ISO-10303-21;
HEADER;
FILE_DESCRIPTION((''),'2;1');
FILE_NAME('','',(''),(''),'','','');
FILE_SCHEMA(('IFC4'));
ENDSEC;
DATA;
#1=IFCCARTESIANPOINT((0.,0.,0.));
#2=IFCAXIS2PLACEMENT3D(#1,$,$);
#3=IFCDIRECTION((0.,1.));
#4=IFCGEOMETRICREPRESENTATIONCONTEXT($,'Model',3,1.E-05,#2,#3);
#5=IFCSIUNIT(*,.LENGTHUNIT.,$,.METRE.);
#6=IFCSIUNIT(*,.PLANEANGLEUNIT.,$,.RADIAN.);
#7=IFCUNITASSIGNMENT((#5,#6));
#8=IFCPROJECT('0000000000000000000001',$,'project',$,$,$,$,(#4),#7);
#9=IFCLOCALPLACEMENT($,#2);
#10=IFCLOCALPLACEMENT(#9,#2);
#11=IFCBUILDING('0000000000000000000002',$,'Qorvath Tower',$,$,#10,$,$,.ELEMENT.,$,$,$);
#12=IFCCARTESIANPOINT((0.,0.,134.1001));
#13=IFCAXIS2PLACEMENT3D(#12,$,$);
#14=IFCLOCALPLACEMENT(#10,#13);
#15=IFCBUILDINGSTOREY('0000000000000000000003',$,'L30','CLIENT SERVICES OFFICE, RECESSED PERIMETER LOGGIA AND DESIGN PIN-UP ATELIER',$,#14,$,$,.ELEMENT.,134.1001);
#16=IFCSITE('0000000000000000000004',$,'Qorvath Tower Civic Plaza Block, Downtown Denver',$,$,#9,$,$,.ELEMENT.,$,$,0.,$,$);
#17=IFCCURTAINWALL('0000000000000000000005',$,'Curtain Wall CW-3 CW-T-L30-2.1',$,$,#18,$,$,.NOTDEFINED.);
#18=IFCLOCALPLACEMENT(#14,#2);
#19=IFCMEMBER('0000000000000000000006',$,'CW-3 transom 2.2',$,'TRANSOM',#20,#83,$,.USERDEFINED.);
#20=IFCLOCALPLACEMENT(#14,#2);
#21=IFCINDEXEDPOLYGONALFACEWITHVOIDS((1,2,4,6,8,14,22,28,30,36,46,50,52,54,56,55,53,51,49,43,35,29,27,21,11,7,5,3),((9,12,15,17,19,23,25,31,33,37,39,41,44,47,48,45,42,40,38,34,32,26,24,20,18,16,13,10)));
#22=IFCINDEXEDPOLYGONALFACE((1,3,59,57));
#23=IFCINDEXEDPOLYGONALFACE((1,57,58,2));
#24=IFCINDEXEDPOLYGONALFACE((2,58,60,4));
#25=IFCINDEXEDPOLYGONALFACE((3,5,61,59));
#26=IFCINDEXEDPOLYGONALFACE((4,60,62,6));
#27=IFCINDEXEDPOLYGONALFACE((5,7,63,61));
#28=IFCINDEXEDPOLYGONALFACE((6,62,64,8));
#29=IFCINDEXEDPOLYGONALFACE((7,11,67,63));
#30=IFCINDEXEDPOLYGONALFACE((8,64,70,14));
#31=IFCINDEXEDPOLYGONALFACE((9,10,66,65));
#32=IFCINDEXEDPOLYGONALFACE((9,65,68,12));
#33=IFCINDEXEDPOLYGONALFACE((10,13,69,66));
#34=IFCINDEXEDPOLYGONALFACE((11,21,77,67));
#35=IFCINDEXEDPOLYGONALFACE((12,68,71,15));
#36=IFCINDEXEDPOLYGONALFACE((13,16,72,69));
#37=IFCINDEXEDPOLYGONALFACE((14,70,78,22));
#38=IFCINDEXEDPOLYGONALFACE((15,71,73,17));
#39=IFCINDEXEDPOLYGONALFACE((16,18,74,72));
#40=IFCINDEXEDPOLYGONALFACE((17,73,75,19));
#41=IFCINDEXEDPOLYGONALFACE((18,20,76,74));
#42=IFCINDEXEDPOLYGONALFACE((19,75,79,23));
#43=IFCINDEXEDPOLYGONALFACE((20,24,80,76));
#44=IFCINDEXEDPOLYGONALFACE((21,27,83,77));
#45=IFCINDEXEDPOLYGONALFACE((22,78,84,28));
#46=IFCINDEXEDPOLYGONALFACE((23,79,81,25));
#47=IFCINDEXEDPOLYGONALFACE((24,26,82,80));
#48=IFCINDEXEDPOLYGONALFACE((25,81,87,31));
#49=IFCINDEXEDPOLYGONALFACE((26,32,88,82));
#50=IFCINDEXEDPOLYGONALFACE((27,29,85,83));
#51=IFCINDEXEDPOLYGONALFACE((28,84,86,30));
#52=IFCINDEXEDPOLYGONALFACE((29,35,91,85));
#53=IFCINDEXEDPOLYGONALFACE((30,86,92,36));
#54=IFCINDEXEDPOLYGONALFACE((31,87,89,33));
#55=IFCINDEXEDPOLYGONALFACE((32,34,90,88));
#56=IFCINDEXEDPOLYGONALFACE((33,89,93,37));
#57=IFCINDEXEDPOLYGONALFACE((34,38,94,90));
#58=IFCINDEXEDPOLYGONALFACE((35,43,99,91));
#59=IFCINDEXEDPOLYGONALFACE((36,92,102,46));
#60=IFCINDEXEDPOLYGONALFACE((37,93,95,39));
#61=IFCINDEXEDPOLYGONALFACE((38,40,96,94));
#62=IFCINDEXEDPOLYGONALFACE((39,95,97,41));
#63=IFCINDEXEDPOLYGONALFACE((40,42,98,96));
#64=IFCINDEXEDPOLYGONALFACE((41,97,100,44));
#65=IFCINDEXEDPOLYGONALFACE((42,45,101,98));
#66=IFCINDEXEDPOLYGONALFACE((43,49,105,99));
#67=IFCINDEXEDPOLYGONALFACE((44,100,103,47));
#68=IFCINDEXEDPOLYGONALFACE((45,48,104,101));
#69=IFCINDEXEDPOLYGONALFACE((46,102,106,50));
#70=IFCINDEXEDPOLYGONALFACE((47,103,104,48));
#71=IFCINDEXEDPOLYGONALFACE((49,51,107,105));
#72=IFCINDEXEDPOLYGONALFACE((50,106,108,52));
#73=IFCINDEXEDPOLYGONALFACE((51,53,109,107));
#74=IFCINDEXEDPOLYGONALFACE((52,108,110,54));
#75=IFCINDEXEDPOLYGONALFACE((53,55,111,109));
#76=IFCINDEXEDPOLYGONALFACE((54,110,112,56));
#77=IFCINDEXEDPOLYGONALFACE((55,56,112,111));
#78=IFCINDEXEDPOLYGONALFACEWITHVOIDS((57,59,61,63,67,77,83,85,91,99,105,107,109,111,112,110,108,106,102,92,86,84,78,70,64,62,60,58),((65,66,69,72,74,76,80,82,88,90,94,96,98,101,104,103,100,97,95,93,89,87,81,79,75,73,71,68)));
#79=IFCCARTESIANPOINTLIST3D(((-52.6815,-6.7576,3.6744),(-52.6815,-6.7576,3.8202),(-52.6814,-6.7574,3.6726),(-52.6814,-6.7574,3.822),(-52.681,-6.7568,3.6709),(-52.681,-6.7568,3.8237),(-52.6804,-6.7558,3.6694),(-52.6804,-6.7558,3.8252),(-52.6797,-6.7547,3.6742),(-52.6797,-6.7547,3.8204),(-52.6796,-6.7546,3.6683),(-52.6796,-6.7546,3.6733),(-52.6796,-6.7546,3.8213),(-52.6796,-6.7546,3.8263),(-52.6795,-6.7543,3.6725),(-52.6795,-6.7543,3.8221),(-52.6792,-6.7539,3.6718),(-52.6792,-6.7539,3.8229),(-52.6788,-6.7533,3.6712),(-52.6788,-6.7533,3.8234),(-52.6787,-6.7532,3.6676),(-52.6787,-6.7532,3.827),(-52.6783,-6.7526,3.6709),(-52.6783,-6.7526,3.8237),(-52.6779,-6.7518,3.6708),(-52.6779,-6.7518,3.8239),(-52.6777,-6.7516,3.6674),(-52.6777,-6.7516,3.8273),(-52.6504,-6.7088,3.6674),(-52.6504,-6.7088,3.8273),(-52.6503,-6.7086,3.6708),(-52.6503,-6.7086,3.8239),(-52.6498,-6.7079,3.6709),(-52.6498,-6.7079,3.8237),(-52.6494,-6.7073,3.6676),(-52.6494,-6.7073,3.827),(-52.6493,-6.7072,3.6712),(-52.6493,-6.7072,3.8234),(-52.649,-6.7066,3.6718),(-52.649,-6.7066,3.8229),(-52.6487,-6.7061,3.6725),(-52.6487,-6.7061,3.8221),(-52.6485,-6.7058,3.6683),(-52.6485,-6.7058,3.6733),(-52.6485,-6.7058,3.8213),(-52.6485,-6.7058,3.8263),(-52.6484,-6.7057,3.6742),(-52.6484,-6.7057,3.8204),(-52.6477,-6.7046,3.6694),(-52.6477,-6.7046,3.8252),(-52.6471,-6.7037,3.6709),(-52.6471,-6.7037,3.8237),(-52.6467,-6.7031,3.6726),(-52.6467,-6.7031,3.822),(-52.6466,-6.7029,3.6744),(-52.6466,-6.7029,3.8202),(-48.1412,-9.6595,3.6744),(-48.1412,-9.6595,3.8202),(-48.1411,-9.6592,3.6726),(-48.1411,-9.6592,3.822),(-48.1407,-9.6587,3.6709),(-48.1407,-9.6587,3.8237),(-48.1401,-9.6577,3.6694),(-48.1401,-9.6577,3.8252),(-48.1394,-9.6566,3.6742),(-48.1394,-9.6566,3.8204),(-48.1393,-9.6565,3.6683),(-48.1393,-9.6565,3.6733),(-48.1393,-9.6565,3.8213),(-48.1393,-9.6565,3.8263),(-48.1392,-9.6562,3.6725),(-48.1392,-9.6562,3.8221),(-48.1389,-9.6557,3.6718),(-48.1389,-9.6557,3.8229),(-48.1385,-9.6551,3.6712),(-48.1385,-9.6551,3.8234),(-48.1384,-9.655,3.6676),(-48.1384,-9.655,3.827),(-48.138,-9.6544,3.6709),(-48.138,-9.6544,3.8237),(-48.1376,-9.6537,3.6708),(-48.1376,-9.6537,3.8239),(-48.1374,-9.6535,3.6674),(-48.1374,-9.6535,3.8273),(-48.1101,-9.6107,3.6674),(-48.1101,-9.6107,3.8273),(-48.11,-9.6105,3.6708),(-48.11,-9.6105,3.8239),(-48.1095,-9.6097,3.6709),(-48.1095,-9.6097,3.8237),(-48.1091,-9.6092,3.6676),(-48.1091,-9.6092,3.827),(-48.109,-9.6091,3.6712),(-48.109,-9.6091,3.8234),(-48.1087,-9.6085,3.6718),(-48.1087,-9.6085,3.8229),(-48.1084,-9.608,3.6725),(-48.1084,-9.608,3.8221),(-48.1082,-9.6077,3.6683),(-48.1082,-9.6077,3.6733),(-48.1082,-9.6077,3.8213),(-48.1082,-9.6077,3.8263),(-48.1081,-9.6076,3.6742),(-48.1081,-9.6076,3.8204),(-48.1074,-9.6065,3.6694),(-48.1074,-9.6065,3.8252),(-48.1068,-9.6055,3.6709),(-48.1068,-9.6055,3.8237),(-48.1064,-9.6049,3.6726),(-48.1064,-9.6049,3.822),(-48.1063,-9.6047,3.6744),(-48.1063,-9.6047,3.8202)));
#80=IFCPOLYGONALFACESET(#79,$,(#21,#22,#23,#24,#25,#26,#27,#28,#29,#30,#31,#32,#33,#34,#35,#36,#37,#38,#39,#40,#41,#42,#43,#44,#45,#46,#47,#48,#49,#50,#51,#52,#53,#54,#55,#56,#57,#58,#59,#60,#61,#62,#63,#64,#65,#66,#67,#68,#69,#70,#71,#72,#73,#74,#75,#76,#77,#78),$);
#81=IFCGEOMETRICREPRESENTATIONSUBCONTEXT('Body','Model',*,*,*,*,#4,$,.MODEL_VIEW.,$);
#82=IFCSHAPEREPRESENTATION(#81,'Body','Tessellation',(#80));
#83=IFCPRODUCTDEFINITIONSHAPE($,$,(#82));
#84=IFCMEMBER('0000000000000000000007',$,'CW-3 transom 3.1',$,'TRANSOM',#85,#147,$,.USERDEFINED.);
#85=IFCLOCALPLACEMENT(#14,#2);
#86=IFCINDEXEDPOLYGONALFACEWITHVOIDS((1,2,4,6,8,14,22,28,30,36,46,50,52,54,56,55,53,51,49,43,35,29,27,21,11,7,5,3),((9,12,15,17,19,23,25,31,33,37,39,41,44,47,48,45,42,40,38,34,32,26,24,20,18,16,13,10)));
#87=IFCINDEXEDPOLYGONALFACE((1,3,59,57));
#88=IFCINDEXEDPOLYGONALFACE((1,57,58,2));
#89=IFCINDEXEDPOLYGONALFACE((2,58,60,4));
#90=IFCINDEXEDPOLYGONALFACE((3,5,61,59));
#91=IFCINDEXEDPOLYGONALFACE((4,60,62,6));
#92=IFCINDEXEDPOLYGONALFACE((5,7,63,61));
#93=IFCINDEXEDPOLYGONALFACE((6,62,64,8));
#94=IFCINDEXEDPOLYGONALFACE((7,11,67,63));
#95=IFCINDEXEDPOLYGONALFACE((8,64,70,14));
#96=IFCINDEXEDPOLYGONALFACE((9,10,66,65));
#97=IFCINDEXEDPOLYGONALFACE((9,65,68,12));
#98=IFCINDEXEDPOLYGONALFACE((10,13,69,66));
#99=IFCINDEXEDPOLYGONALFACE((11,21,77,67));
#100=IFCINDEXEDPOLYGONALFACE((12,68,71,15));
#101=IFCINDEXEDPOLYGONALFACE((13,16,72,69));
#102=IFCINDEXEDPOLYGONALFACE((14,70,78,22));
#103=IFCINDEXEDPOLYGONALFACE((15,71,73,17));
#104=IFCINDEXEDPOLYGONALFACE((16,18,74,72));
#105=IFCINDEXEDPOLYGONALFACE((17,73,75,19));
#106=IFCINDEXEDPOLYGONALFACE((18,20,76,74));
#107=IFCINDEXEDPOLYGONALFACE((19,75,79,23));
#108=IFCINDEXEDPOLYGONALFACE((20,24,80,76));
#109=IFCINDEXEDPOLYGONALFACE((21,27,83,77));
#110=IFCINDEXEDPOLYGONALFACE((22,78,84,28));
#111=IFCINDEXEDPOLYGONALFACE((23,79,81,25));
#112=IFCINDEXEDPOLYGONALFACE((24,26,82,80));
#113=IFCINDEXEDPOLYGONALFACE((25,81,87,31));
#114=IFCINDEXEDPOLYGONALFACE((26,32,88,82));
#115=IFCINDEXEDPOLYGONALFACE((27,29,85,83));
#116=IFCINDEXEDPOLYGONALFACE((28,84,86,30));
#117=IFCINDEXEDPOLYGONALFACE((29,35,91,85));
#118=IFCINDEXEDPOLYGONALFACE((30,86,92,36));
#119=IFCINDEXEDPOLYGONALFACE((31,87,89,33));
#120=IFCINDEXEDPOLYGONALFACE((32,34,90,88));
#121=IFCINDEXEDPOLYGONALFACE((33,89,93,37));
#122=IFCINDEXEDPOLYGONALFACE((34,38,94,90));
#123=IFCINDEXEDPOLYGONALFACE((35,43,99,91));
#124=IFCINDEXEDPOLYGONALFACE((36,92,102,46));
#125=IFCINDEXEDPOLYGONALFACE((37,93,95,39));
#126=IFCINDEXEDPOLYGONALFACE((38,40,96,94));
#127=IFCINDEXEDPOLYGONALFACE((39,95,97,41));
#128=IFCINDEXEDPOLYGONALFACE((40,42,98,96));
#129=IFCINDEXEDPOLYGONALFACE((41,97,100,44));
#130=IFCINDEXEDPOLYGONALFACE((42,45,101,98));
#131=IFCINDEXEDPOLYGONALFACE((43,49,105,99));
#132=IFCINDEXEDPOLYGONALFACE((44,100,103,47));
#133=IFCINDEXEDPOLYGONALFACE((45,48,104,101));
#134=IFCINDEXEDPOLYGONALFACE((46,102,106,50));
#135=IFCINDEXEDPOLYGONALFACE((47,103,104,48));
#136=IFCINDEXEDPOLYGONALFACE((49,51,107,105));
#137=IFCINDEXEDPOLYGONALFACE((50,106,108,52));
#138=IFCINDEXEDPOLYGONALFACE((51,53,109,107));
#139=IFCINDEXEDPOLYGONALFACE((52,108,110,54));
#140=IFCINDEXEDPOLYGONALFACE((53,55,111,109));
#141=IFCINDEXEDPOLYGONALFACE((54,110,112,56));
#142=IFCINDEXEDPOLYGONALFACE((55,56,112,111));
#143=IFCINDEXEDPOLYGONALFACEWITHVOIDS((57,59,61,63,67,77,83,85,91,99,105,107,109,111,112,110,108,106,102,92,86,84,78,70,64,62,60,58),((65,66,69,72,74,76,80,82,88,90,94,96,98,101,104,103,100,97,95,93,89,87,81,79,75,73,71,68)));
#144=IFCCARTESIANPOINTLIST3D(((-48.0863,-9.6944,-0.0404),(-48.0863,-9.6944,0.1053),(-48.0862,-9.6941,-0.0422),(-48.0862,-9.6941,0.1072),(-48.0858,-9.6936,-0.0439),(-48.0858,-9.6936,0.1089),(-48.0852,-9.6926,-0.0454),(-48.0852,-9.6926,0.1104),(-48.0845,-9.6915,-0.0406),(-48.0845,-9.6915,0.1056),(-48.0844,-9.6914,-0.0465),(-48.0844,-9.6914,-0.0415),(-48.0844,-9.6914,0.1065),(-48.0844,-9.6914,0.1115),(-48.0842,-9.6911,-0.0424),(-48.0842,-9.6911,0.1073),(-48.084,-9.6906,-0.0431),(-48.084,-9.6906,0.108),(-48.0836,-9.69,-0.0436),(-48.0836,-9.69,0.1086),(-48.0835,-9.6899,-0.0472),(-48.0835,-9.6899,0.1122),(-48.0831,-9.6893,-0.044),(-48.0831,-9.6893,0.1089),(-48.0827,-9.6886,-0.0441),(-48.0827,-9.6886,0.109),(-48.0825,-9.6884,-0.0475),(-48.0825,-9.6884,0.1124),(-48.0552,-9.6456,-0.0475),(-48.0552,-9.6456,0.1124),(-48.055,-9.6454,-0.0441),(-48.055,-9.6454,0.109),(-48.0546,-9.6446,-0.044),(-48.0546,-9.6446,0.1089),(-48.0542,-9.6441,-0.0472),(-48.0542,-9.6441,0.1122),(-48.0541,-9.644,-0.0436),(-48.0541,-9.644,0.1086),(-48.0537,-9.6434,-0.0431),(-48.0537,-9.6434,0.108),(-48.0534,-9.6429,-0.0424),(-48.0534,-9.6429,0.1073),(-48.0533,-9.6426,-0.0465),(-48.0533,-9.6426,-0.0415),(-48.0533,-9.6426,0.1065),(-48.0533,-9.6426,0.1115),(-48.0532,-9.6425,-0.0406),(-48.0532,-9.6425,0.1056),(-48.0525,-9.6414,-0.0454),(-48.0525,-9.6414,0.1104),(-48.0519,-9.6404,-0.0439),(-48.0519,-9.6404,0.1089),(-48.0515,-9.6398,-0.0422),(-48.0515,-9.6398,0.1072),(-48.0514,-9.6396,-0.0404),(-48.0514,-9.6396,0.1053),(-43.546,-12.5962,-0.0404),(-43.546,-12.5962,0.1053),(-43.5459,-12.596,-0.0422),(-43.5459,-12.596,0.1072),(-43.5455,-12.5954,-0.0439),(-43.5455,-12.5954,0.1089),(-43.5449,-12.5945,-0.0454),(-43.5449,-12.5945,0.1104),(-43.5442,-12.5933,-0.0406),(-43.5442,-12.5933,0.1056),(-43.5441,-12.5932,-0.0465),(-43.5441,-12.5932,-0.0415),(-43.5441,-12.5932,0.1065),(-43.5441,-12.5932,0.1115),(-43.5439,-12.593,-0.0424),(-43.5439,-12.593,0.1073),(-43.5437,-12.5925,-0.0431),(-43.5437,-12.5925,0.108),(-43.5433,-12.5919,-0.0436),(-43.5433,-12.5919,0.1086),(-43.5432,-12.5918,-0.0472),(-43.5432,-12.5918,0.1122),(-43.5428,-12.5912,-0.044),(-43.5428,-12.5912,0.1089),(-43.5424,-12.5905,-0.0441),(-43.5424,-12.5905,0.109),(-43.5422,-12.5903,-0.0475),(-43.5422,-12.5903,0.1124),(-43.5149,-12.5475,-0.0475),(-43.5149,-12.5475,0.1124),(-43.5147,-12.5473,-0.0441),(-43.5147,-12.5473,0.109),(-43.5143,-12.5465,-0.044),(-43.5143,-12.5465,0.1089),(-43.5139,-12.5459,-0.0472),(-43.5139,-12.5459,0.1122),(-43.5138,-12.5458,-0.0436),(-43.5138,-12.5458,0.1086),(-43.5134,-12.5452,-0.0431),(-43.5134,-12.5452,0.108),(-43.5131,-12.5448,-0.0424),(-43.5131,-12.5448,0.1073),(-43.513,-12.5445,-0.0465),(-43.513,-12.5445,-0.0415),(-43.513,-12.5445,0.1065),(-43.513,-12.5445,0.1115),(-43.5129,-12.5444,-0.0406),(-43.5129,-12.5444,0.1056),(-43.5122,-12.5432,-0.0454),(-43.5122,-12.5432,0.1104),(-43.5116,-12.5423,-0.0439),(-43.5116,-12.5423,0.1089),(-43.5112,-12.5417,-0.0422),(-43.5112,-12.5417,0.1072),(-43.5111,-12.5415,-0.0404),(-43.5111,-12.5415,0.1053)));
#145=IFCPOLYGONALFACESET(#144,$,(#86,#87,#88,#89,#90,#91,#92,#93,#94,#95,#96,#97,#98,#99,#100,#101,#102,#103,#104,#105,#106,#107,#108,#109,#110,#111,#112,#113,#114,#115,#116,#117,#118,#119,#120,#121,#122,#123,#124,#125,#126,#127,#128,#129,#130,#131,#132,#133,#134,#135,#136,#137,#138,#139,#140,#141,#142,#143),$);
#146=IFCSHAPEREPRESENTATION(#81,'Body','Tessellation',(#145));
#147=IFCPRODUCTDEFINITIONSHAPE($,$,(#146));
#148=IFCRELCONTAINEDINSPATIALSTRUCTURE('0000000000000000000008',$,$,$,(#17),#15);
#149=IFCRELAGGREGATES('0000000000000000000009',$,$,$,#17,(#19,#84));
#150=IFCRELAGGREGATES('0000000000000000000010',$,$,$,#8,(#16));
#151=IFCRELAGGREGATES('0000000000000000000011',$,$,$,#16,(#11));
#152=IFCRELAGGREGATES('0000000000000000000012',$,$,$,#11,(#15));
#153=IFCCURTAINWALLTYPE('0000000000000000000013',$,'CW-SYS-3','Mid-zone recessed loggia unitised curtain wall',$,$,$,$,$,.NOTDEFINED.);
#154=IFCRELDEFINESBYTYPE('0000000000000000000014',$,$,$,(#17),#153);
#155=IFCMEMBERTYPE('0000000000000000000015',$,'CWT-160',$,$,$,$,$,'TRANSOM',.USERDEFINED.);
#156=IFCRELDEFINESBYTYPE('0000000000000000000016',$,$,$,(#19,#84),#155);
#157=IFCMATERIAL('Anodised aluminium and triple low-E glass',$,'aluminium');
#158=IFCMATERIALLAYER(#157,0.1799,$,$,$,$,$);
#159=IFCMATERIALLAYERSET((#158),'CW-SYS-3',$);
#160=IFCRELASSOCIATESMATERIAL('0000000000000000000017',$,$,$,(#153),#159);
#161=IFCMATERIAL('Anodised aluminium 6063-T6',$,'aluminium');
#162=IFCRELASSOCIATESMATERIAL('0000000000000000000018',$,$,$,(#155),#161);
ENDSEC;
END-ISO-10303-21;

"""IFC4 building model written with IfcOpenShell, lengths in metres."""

from ifc_helpers import new_model, si_unit, direction, frame, origin, origin_2d, place, context, subcontext, project, spatial, hollow_rectangle, extrude, material, layer, layer_set, material_profile, profile_set, type_object, element, aggregate, save


model = new_model("IFC4")

# Units and contexts
model_context = context("Model", 3, precision=1e-05, world=origin(), true_north=direction((0.0, 1.0)))
body_context = subcontext(model_context, "Body", "Model", "MODEL_VIEW")
ifc_project = project(units=[si_unit("LENGTHUNIT", "METRE"), si_unit("PLANEANGLEUNIT", "RADIAN")], contexts=[model_context])

# Site, building, storey
site_placement = place(None, origin())
site = spatial("IfcSite", under=ifc_project, at=site_placement, Name="Qorvath Tower Civic Plaza Block, Downtown Denver", CompositionType="ELEMENT", RefElevation=0.0)
building_placement = place(site_placement, origin())
building = spatial("IfcBuilding", under=site, at=building_placement, Name="Qorvath Tower", CompositionType="ELEMENT")
storey_placement = place(building_placement, frame((0.0, 0.0, 134.1001)))
storey = spatial("IfcBuildingStorey", under=building, at=storey_placement, Name="L30", Description="CLIENT SERVICES OFFICE, RECESSED PERIMETER LOGGIA AND DESIGN PIN-UP ATELIER", CompositionType="ELEMENT", Elevation=134.1001)

# Curtain wall, members
ifc_material_1 = material(Name="Anodised aluminium and triple low-E glass", Category="aluminium")
ifc_layer_1 = layer(ifc_material_1, 0.1799)
ifc_layer_set_1 = layer_set([ifc_layer_1], Name="CW-SYS-3")
curtain_wall_type = type_object("IfcCurtainWallType", Name="CW-SYS-3", Description="Mid-zone recessed loggia unitised curtain wall", PredefinedType="NOTDEFINED", material=ifc_layer_set_1)
curtain_wall_placement = place(storey_placement, origin())
curtain_wall = element("IfcCurtainWall", 1, at=curtain_wall_placement, inside=storey, type_object=curtain_wall_type, Name="Curtain Wall CW-3 CW-T-L30-2.1", PredefinedType="NOTDEFINED")
ifc_material_2 = material(Name="Anodised aluminium 6063-T6", Category="aluminium")
ifc_material_profile_1 = material_profile(ifc_material_2, hollow_rectangle(XDim=0.0649, YDim=0.1599, WallThickness=0.0034, InnerFilletRadius=0.0034, OuterFilletRadius=0.0071, at=origin_2d()), Name="CWT 160x65")
ifc_profile_set_1 = profile_set([ifc_material_profile_1], Name="Anodised aluminium 6063-T6")
member_type_1 = type_object("IfcMemberType", Name="CWT-160", ElementType="TRANSOM", PredefinedType="USERDEFINED", material=ifc_profile_set_1)
member_1_placement = place(storey_placement, frame((-52.6641, -6.7302, 3.7473), z_axis=(0.842602, -0.538537, 0.0), x_axis=(0.538537, 0.842602, 0.0)))
member_1 = element("IfcMember", 2, at=member_1_placement, type_object=member_type_1, Name="CW-3 transom 2.2", ObjectType="TRANSOM", PredefinedType="USERDEFINED", context=body_context, shape_type="SweptSolid", body=[
    extrude(hollow_rectangle(XDim=0.0649, YDim=0.1599, WallThickness=0.0034, InnerFilletRadius=0.0034, OuterFilletRadius=0.0071, at=origin_2d()), origin(), (0.0, 0.0, 1.0), 5.3884),
])
member_2_placement = place(storey_placement, frame((-48.0688, -9.667, 0.0325), z_axis=(0.842602, -0.538537, 0.0), x_axis=(0.538537, 0.842602, 0.0)))
member_2 = element("IfcMember", 3, at=member_2_placement, type_object=member_type_1, Name="CW-3 transom 3.1", ObjectType="TRANSOM", PredefinedType="USERDEFINED", context=body_context, shape_type="SweptSolid", body=[
    extrude(hollow_rectangle(XDim=0.0649, YDim=0.1599, WallThickness=0.0034, InnerFilletRadius=0.0034, OuterFilletRadius=0.0071, at=origin_2d()), origin(), (0.0, 0.0, 1.0), 5.3884),
])
aggregate(curtain_wall, [member_1, member_2])

save(model, "model.ifc")
